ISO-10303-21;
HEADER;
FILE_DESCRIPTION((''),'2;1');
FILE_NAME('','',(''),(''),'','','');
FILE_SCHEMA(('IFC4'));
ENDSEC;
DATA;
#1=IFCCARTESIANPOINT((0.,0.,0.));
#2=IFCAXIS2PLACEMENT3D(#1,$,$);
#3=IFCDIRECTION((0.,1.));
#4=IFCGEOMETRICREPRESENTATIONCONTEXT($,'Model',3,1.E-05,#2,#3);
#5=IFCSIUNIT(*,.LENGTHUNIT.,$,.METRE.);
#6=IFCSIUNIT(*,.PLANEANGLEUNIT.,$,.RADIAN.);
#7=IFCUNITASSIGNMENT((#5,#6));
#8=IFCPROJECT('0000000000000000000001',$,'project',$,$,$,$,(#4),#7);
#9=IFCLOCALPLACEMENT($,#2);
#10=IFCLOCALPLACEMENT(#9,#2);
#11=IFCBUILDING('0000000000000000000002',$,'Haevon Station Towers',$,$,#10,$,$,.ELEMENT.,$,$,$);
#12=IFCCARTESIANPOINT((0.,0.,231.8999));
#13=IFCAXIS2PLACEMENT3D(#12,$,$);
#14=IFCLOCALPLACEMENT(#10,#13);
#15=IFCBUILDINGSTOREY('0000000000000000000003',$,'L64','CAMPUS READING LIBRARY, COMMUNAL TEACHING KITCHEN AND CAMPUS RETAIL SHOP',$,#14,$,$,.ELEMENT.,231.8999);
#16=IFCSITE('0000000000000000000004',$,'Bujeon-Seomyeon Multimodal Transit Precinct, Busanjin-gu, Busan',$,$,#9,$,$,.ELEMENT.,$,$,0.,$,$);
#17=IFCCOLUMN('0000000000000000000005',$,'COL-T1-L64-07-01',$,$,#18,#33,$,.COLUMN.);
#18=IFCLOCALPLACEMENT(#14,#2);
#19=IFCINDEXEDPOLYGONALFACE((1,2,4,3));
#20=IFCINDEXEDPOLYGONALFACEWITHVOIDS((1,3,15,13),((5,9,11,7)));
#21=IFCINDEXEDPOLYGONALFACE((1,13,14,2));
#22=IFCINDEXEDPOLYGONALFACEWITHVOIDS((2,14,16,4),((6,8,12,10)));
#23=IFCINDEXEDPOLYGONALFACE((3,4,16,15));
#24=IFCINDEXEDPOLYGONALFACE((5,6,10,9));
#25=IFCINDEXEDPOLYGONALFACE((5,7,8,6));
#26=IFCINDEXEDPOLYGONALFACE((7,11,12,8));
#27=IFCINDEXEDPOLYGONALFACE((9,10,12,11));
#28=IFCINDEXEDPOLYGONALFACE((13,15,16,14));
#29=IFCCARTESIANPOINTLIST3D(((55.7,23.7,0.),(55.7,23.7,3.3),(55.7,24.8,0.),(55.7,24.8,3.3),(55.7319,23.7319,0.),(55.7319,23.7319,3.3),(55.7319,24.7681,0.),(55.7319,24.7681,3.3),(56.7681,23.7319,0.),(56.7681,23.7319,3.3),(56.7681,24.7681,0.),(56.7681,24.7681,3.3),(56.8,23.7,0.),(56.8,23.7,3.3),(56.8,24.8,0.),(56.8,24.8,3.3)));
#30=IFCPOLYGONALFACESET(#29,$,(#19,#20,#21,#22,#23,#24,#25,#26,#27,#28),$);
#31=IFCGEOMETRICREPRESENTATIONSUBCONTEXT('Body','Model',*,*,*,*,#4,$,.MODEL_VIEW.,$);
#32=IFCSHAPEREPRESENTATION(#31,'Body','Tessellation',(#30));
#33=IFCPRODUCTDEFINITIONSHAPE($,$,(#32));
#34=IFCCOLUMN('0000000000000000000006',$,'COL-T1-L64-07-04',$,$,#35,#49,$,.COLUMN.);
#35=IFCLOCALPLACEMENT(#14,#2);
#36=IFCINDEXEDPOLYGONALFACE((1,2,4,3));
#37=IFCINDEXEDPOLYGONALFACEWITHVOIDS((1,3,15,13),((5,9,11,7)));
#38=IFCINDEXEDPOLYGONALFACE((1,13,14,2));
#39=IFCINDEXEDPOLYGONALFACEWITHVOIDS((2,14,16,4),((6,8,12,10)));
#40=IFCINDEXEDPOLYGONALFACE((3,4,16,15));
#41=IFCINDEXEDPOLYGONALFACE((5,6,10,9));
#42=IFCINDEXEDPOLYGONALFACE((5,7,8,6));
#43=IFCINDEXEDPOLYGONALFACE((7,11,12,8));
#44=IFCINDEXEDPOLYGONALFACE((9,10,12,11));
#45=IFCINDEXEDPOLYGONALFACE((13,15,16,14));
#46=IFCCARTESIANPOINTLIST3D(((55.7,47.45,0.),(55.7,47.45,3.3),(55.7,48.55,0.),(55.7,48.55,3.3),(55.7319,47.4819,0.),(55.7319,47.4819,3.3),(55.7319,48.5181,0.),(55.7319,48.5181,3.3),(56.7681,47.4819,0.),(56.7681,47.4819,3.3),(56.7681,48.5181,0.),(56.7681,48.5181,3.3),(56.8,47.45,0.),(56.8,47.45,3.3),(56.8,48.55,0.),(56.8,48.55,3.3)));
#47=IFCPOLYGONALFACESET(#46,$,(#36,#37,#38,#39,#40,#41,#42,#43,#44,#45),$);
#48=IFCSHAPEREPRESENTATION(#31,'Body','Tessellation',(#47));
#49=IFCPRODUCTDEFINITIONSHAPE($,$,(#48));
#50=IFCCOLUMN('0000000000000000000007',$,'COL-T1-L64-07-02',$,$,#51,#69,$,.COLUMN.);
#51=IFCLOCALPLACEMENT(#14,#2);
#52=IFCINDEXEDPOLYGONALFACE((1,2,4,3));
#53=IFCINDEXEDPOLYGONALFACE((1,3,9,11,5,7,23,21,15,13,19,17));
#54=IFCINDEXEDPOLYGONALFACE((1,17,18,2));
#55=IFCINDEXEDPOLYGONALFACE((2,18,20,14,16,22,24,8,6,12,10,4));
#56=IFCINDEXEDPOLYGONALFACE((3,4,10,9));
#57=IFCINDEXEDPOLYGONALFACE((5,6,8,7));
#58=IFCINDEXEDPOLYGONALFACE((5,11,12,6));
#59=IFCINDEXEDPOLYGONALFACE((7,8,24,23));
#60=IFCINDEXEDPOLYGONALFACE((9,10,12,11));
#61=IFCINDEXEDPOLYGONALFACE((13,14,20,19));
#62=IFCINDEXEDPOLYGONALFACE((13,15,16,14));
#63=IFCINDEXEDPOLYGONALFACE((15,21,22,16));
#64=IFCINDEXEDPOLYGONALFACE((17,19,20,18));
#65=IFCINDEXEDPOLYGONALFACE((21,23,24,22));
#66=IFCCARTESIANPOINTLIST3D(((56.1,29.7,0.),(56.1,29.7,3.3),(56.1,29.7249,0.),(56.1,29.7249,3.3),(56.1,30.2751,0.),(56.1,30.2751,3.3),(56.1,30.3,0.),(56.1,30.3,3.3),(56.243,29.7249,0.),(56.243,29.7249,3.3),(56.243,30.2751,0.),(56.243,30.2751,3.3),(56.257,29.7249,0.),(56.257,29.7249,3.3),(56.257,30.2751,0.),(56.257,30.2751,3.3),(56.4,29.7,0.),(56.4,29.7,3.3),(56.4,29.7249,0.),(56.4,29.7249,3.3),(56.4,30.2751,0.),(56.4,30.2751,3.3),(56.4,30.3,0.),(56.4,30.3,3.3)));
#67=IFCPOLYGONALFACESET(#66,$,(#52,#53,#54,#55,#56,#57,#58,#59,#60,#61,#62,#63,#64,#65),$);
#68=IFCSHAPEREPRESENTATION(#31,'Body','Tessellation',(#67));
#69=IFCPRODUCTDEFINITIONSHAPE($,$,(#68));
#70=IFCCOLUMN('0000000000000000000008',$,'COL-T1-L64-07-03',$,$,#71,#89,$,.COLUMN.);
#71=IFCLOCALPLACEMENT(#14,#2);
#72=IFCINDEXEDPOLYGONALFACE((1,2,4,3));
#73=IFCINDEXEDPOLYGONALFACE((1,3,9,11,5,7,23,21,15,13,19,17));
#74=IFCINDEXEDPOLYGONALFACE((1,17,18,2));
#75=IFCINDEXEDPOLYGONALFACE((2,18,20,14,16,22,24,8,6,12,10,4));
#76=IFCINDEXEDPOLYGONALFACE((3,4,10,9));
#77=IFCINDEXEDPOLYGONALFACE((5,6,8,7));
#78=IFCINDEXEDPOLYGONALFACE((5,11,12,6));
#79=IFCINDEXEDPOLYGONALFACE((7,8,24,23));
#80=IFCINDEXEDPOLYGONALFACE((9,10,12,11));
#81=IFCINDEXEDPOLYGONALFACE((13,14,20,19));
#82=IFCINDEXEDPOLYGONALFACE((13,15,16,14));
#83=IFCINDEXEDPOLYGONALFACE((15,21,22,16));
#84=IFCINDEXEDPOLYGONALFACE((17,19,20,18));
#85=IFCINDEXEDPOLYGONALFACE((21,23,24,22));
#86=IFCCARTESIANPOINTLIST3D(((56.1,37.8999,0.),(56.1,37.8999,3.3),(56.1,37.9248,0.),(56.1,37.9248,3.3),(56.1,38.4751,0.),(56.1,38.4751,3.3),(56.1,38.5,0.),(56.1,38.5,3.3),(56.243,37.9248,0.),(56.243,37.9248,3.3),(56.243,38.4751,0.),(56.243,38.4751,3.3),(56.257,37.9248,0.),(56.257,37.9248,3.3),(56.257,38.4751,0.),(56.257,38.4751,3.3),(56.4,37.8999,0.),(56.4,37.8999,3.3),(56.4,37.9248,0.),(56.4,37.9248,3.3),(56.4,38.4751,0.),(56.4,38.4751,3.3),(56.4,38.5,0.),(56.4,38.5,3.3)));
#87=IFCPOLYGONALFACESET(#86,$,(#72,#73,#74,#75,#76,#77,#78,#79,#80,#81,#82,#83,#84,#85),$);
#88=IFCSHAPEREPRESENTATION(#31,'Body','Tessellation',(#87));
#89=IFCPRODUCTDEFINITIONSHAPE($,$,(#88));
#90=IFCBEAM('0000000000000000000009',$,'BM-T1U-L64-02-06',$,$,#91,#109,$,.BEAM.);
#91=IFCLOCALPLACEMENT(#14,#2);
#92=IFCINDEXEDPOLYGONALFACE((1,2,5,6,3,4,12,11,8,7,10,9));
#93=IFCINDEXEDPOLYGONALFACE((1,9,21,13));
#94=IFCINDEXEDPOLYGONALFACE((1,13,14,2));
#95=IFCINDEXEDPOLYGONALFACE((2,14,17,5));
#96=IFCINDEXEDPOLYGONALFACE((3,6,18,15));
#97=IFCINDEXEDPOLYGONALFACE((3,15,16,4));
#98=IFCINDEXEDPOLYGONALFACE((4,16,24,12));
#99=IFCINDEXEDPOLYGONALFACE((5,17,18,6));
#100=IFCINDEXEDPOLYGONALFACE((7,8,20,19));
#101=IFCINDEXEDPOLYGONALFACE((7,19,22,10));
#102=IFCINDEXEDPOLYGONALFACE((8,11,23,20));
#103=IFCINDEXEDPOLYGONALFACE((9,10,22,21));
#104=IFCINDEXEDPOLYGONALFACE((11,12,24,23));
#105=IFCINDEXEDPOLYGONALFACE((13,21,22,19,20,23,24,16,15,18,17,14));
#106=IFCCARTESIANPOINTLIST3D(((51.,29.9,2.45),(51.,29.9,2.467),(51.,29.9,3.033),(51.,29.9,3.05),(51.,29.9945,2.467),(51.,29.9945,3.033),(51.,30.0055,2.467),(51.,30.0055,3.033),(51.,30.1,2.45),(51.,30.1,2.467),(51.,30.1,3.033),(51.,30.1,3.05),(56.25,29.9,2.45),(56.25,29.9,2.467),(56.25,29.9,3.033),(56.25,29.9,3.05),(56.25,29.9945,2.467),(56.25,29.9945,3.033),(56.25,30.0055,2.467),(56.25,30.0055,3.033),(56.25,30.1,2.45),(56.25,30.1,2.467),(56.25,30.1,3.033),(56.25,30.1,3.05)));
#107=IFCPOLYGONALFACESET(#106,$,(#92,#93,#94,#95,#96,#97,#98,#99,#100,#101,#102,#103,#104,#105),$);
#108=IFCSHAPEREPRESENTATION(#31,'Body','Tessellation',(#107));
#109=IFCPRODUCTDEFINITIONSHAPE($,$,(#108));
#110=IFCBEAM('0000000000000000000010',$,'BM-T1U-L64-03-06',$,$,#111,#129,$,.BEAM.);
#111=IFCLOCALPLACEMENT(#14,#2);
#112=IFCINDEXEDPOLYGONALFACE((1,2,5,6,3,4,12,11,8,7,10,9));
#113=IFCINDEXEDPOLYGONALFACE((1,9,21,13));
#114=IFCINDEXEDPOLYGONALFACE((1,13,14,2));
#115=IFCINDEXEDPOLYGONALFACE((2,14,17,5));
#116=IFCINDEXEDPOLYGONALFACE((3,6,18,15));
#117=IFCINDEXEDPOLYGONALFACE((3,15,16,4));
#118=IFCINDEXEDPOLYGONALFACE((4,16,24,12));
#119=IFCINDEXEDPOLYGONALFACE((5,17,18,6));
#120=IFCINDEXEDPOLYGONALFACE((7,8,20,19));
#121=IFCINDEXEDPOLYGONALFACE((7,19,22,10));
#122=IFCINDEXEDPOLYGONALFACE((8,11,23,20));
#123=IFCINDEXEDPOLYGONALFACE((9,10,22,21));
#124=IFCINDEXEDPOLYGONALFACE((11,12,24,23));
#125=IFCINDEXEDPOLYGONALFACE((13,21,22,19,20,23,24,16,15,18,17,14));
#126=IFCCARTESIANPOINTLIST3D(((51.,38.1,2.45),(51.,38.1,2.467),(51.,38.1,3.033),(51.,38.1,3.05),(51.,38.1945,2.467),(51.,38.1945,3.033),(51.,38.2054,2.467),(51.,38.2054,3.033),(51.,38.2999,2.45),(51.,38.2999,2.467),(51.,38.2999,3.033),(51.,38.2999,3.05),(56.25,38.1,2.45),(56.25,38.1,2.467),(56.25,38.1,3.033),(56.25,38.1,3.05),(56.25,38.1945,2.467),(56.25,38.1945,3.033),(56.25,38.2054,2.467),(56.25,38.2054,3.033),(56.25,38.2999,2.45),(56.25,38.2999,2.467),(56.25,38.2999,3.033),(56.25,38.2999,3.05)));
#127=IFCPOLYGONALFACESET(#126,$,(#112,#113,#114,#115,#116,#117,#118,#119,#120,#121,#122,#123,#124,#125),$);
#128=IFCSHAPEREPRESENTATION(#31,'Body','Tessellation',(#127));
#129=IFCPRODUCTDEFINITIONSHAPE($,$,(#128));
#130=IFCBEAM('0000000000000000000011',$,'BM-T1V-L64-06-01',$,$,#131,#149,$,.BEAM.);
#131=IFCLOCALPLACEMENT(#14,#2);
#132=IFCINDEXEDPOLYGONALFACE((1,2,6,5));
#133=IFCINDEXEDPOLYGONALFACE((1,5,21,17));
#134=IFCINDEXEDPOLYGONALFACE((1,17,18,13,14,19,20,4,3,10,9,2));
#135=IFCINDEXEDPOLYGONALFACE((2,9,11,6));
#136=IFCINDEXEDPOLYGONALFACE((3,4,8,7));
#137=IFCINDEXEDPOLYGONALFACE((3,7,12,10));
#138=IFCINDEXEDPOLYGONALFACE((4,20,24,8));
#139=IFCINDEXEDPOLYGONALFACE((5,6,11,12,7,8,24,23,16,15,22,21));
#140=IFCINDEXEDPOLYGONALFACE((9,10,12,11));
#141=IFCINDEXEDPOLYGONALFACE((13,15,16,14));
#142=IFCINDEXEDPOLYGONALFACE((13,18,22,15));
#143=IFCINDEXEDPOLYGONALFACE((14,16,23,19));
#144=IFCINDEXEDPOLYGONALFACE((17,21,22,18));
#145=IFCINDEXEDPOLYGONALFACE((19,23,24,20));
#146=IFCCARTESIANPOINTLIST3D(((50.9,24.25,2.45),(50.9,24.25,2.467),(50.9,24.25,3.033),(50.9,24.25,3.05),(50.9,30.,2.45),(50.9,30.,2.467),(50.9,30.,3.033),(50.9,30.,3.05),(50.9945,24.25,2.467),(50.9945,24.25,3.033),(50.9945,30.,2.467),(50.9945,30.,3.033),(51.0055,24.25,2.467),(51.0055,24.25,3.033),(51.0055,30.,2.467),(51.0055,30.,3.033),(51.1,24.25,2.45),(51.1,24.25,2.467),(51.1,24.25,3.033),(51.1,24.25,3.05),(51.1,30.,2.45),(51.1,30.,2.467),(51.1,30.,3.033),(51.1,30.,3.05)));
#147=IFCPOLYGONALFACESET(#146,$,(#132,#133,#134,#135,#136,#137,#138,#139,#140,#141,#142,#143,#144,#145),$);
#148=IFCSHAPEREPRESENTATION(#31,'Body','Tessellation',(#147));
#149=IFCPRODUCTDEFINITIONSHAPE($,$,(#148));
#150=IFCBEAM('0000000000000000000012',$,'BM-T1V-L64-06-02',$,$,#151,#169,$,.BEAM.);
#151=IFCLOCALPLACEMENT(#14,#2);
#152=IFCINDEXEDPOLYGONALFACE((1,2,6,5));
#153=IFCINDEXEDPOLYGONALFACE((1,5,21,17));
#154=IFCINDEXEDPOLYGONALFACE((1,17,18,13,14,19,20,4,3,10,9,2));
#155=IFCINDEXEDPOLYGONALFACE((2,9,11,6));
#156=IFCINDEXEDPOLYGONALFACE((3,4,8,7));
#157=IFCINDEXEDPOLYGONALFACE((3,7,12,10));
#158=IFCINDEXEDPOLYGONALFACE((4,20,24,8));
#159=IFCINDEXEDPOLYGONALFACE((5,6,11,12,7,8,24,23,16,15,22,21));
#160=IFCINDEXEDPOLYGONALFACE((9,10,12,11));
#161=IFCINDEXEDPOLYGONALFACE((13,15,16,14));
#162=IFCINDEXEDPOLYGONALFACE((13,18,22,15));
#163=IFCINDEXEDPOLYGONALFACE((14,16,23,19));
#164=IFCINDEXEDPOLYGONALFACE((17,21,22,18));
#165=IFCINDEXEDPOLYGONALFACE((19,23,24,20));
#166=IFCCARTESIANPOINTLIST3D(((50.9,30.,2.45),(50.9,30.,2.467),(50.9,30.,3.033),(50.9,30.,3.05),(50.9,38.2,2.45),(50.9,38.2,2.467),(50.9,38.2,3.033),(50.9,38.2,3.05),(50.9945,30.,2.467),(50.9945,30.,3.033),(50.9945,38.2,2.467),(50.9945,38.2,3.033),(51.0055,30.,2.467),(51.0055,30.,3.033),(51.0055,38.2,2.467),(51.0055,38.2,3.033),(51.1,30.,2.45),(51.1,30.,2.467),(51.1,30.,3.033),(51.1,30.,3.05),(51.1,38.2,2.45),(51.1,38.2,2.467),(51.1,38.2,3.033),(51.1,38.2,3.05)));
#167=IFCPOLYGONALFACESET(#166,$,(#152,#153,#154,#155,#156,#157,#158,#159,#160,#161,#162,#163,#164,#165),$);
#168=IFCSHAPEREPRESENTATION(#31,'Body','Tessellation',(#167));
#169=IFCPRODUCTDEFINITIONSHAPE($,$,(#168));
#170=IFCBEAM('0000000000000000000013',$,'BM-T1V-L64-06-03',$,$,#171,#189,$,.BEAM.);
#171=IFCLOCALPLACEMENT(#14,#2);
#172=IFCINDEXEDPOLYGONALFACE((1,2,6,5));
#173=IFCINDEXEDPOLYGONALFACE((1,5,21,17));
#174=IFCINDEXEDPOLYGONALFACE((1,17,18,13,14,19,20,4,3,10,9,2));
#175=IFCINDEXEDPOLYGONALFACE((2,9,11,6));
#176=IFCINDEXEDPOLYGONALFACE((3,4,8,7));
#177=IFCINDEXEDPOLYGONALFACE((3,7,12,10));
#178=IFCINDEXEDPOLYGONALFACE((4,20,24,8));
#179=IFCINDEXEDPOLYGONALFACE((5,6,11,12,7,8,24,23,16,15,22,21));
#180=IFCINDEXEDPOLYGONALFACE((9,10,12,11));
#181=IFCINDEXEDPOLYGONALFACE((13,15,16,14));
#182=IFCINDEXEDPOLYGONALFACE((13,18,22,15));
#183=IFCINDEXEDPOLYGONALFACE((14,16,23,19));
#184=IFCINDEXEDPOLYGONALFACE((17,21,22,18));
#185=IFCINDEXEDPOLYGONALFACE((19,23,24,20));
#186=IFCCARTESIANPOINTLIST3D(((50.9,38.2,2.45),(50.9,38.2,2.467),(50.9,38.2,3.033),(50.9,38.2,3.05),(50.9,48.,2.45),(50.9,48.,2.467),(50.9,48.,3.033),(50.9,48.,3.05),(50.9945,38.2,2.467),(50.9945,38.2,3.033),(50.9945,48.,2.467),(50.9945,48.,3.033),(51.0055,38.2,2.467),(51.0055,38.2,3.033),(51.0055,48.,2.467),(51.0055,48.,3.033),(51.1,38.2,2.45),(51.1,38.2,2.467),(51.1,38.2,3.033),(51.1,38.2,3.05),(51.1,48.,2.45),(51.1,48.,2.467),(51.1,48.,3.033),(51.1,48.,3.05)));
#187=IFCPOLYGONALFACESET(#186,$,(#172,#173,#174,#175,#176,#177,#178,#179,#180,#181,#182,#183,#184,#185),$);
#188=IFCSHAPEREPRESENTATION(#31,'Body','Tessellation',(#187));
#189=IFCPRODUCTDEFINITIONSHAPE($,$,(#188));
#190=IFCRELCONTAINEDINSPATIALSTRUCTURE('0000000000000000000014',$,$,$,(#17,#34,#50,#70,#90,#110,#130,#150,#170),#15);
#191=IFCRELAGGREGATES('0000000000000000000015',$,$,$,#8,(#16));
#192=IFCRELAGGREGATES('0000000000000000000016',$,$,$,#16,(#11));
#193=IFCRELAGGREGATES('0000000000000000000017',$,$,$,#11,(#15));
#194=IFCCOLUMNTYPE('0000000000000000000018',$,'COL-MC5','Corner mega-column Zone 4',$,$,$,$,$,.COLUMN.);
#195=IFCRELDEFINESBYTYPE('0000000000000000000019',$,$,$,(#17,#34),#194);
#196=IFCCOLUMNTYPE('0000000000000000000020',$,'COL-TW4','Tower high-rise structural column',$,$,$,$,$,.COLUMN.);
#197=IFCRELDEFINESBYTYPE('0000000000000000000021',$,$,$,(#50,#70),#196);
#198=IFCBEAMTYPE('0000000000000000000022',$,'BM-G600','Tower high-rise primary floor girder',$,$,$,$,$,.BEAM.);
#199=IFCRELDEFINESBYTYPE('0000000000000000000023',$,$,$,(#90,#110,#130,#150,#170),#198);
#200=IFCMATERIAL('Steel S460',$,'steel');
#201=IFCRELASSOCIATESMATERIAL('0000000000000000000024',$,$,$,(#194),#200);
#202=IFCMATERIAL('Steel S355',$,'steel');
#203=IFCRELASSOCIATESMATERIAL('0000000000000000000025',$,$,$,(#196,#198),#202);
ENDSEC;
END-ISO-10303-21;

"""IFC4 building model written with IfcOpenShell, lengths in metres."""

from ifc_helpers import new_model, si_unit, direction, frame, origin, origin_2d, place, context, subcontext, project, spatial, hollow_rectangle, i_section, extrude, material, material_profile, profile_set, type_object, element, save


model = new_model("IFC4")

# Units and contexts
model_context = context("Model", 3, precision=1e-05, world=origin(), true_north=direction((0.0, 1.0)))
body_context = subcontext(model_context, "Body", "Model", "MODEL_VIEW")
ifc_project = project(units=[si_unit("LENGTHUNIT", "METRE"), si_unit("PLANEANGLEUNIT", "RADIAN")], contexts=[model_context])

# Site, building, storey
site_placement = place(None, origin())
site = spatial("IfcSite", under=ifc_project, at=site_placement, Name="Bujeon-Seomyeon Multimodal Transit Precinct, Busanjin-gu, Busan", CompositionType="ELEMENT", RefElevation=0.0)
building_placement = place(site_placement, origin())
building = spatial("IfcBuilding", under=site, at=building_placement, Name="Haevon Station Towers", CompositionType="ELEMENT")
storey_placement = place(building_placement, frame((0.0, 0.0, 231.8999)))
storey = spatial("IfcBuildingStorey", under=building, at=storey_placement, Name="L64", Description="CAMPUS READING LIBRARY, COMMUNAL TEACHING KITCHEN AND CAMPUS RETAIL SHOP", CompositionType="ELEMENT", Elevation=231.8999)

# Columns
ifc_material_1 = material(Name="Steel S460", Category="steel")
ifc_material_profile_1 = material_profile(ifc_material_1, hollow_rectangle(XDim=1.1001, YDim=1.1001, WallThickness=0.032, at=origin_2d()), Name="BOX-1100x1100x32")
ifc_profile_set_1 = profile_set([ifc_material_profile_1], Name="Steel S460")
column_type_1 = type_object("IfcColumnType", Name="COL-MC5", Description="Corner mega-column Zone 4", PredefinedType="COLUMN", material=ifc_profile_set_1)
for number, where, z_axis, x_axis, name in (
    (1, (56.25, 24.25, 0.0), (0.0, 0.0, 1.0), (1.0, 0.0, 0.0), "COL-T1-L64-07-01"),
    (2, (56.25, 48.0, 0.0), (0.0, 0.0, 1.0), (1.0, 0.0, 0.0), "COL-T1-L64-07-04"),
):
    element("IfcColumn", number, at=place(storey_placement, frame(where, z_axis=z_axis, x_axis=x_axis)), inside=storey, type_object=column_type_1, Name=name, PredefinedType="COLUMN", context=body_context, shape_type="SweptSolid", body=[
        extrude(hollow_rectangle(XDim=1.1001, YDim=1.1001, WallThickness=0.032, at=origin_2d()), origin(), (0.0, 0.0, 1.0), 3.3),
    ])
ifc_material_2 = material(Name="Steel S355", Category="steel")
ifc_material_profile_2 = material_profile(ifc_material_2, i_section(OverallWidth=0.3, OverallDepth=0.6001, WebThickness=0.0139, FlangeThickness=0.0249, at=origin_2d()), Name="H-600x300x14x25")
ifc_profile_set_2 = profile_set([ifc_material_profile_2], Name="Steel S355")
column_type_2 = type_object("IfcColumnType", Name="COL-TW4", Description="Tower high-rise structural column", PredefinedType="COLUMN", material=ifc_profile_set_2)
for number, where, z_axis, x_axis, name in (
    (3, (56.25, 30.0, 0.0), (0.0, 0.0, 1.0), (1.0, 0.0, 0.0), "COL-T1-L64-07-02"),
    (4, (56.25, 38.2, 0.0), (0.0, 0.0, 1.0), (1.0, 0.0, 0.0), "COL-T1-L64-07-03"),
):
    element("IfcColumn", number, at=place(storey_placement, frame(where, z_axis=z_axis, x_axis=x_axis)), inside=storey, type_object=column_type_2, Name=name, PredefinedType="COLUMN", context=body_context, shape_type="SweptSolid", body=[
        extrude(i_section(OverallWidth=0.3, OverallDepth=0.6001, WebThickness=0.0139, FlangeThickness=0.0249, at=origin_2d()), origin(), (0.0, 0.0, 1.0), 3.3),
    ])

# Beams
ifc_material_profile_3 = material_profile(ifc_material_2, i_section(OverallWidth=0.2, OverallDepth=0.6001, WebThickness=0.011, FlangeThickness=0.0171, at=origin_2d()), Name="H-600x200x11x17")
ifc_profile_set_3 = profile_set([ifc_material_profile_3], Name="Steel S355")
beam_type_1 = type_object("IfcBeamType", Name="BM-G600", Description="Tower high-rise primary floor girder", PredefinedType="BEAM", material=ifc_profile_set_3)
for number, where, z_axis, x_axis, name in (
    (5, (51.0, 30.0, 2.75), (1.0, 0.0, 0.0), (0.0, 1.0, 0.0), "BM-T1U-L64-02-06"),
    (6, (51.0, 38.2, 2.75), (1.0, 0.0, 0.0), (0.0, 1.0, 0.0), "BM-T1U-L64-03-06"),
):
    element("IfcBeam", number, at=place(storey_placement, frame(where, z_axis=z_axis, x_axis=x_axis)), inside=storey, type_object=beam_type_1, Name=name, PredefinedType="BEAM", context=body_context, shape_type="SweptSolid", body=[
        extrude(i_section(OverallWidth=0.2, OverallDepth=0.6001, WebThickness=0.011, FlangeThickness=0.0171, at=origin_2d()), origin(), (0.0, 0.0, 1.0), 5.25),
    ])
beam_1_placement = place(storey_placement, frame((51.0, 24.25, 2.75), z_axis=(0.0, 1.0, 0.0), x_axis=(-1.0, 0.0, 0.0)))
element("IfcBeam", 7, at=beam_1_placement, inside=storey, type_object=beam_type_1, Name="BM-T1V-L64-06-01", PredefinedType="BEAM", context=body_context, shape_type="SweptSolid", body=[
    extrude(i_section(OverallWidth=0.2, OverallDepth=0.6001, WebThickness=0.011, FlangeThickness=0.0171, at=origin_2d()), origin(), (0.0, 0.0, 1.0), 5.75),
])
beam_2_placement = place(storey_placement, frame((51.0, 30.0, 2.75), z_axis=(0.0, 1.0, 0.0), x_axis=(-1.0, 0.0, 0.0)))
element("IfcBeam", 8, at=beam_2_placement, inside=storey, type_object=beam_type_1, Name="BM-T1V-L64-06-02", PredefinedType="BEAM", context=body_context, shape_type="SweptSolid", body=[
    extrude(i_section(OverallWidth=0.2, OverallDepth=0.6001, WebThickness=0.011, FlangeThickness=0.0171, at=origin_2d()), origin(), (0.0, 0.0, 1.0), 8.2),
])
beam_3_placement = place(storey_placement, frame((51.0, 38.2, 2.75), z_axis=(0.0, 1.0, 0.0), x_axis=(-1.0, 0.0, 0.0)))
element("IfcBeam", 9, at=beam_3_placement, inside=storey, type_object=beam_type_1, Name="BM-T1V-L64-06-03", PredefinedType="BEAM", context=body_context, shape_type="SweptSolid", body=[
    extrude(i_section(OverallWidth=0.2, OverallDepth=0.6001, WebThickness=0.011, FlangeThickness=0.0171, at=origin_2d()), origin(), (0.0, 0.0, 1.0), 9.8),
])

save(model, "model.ifc")
